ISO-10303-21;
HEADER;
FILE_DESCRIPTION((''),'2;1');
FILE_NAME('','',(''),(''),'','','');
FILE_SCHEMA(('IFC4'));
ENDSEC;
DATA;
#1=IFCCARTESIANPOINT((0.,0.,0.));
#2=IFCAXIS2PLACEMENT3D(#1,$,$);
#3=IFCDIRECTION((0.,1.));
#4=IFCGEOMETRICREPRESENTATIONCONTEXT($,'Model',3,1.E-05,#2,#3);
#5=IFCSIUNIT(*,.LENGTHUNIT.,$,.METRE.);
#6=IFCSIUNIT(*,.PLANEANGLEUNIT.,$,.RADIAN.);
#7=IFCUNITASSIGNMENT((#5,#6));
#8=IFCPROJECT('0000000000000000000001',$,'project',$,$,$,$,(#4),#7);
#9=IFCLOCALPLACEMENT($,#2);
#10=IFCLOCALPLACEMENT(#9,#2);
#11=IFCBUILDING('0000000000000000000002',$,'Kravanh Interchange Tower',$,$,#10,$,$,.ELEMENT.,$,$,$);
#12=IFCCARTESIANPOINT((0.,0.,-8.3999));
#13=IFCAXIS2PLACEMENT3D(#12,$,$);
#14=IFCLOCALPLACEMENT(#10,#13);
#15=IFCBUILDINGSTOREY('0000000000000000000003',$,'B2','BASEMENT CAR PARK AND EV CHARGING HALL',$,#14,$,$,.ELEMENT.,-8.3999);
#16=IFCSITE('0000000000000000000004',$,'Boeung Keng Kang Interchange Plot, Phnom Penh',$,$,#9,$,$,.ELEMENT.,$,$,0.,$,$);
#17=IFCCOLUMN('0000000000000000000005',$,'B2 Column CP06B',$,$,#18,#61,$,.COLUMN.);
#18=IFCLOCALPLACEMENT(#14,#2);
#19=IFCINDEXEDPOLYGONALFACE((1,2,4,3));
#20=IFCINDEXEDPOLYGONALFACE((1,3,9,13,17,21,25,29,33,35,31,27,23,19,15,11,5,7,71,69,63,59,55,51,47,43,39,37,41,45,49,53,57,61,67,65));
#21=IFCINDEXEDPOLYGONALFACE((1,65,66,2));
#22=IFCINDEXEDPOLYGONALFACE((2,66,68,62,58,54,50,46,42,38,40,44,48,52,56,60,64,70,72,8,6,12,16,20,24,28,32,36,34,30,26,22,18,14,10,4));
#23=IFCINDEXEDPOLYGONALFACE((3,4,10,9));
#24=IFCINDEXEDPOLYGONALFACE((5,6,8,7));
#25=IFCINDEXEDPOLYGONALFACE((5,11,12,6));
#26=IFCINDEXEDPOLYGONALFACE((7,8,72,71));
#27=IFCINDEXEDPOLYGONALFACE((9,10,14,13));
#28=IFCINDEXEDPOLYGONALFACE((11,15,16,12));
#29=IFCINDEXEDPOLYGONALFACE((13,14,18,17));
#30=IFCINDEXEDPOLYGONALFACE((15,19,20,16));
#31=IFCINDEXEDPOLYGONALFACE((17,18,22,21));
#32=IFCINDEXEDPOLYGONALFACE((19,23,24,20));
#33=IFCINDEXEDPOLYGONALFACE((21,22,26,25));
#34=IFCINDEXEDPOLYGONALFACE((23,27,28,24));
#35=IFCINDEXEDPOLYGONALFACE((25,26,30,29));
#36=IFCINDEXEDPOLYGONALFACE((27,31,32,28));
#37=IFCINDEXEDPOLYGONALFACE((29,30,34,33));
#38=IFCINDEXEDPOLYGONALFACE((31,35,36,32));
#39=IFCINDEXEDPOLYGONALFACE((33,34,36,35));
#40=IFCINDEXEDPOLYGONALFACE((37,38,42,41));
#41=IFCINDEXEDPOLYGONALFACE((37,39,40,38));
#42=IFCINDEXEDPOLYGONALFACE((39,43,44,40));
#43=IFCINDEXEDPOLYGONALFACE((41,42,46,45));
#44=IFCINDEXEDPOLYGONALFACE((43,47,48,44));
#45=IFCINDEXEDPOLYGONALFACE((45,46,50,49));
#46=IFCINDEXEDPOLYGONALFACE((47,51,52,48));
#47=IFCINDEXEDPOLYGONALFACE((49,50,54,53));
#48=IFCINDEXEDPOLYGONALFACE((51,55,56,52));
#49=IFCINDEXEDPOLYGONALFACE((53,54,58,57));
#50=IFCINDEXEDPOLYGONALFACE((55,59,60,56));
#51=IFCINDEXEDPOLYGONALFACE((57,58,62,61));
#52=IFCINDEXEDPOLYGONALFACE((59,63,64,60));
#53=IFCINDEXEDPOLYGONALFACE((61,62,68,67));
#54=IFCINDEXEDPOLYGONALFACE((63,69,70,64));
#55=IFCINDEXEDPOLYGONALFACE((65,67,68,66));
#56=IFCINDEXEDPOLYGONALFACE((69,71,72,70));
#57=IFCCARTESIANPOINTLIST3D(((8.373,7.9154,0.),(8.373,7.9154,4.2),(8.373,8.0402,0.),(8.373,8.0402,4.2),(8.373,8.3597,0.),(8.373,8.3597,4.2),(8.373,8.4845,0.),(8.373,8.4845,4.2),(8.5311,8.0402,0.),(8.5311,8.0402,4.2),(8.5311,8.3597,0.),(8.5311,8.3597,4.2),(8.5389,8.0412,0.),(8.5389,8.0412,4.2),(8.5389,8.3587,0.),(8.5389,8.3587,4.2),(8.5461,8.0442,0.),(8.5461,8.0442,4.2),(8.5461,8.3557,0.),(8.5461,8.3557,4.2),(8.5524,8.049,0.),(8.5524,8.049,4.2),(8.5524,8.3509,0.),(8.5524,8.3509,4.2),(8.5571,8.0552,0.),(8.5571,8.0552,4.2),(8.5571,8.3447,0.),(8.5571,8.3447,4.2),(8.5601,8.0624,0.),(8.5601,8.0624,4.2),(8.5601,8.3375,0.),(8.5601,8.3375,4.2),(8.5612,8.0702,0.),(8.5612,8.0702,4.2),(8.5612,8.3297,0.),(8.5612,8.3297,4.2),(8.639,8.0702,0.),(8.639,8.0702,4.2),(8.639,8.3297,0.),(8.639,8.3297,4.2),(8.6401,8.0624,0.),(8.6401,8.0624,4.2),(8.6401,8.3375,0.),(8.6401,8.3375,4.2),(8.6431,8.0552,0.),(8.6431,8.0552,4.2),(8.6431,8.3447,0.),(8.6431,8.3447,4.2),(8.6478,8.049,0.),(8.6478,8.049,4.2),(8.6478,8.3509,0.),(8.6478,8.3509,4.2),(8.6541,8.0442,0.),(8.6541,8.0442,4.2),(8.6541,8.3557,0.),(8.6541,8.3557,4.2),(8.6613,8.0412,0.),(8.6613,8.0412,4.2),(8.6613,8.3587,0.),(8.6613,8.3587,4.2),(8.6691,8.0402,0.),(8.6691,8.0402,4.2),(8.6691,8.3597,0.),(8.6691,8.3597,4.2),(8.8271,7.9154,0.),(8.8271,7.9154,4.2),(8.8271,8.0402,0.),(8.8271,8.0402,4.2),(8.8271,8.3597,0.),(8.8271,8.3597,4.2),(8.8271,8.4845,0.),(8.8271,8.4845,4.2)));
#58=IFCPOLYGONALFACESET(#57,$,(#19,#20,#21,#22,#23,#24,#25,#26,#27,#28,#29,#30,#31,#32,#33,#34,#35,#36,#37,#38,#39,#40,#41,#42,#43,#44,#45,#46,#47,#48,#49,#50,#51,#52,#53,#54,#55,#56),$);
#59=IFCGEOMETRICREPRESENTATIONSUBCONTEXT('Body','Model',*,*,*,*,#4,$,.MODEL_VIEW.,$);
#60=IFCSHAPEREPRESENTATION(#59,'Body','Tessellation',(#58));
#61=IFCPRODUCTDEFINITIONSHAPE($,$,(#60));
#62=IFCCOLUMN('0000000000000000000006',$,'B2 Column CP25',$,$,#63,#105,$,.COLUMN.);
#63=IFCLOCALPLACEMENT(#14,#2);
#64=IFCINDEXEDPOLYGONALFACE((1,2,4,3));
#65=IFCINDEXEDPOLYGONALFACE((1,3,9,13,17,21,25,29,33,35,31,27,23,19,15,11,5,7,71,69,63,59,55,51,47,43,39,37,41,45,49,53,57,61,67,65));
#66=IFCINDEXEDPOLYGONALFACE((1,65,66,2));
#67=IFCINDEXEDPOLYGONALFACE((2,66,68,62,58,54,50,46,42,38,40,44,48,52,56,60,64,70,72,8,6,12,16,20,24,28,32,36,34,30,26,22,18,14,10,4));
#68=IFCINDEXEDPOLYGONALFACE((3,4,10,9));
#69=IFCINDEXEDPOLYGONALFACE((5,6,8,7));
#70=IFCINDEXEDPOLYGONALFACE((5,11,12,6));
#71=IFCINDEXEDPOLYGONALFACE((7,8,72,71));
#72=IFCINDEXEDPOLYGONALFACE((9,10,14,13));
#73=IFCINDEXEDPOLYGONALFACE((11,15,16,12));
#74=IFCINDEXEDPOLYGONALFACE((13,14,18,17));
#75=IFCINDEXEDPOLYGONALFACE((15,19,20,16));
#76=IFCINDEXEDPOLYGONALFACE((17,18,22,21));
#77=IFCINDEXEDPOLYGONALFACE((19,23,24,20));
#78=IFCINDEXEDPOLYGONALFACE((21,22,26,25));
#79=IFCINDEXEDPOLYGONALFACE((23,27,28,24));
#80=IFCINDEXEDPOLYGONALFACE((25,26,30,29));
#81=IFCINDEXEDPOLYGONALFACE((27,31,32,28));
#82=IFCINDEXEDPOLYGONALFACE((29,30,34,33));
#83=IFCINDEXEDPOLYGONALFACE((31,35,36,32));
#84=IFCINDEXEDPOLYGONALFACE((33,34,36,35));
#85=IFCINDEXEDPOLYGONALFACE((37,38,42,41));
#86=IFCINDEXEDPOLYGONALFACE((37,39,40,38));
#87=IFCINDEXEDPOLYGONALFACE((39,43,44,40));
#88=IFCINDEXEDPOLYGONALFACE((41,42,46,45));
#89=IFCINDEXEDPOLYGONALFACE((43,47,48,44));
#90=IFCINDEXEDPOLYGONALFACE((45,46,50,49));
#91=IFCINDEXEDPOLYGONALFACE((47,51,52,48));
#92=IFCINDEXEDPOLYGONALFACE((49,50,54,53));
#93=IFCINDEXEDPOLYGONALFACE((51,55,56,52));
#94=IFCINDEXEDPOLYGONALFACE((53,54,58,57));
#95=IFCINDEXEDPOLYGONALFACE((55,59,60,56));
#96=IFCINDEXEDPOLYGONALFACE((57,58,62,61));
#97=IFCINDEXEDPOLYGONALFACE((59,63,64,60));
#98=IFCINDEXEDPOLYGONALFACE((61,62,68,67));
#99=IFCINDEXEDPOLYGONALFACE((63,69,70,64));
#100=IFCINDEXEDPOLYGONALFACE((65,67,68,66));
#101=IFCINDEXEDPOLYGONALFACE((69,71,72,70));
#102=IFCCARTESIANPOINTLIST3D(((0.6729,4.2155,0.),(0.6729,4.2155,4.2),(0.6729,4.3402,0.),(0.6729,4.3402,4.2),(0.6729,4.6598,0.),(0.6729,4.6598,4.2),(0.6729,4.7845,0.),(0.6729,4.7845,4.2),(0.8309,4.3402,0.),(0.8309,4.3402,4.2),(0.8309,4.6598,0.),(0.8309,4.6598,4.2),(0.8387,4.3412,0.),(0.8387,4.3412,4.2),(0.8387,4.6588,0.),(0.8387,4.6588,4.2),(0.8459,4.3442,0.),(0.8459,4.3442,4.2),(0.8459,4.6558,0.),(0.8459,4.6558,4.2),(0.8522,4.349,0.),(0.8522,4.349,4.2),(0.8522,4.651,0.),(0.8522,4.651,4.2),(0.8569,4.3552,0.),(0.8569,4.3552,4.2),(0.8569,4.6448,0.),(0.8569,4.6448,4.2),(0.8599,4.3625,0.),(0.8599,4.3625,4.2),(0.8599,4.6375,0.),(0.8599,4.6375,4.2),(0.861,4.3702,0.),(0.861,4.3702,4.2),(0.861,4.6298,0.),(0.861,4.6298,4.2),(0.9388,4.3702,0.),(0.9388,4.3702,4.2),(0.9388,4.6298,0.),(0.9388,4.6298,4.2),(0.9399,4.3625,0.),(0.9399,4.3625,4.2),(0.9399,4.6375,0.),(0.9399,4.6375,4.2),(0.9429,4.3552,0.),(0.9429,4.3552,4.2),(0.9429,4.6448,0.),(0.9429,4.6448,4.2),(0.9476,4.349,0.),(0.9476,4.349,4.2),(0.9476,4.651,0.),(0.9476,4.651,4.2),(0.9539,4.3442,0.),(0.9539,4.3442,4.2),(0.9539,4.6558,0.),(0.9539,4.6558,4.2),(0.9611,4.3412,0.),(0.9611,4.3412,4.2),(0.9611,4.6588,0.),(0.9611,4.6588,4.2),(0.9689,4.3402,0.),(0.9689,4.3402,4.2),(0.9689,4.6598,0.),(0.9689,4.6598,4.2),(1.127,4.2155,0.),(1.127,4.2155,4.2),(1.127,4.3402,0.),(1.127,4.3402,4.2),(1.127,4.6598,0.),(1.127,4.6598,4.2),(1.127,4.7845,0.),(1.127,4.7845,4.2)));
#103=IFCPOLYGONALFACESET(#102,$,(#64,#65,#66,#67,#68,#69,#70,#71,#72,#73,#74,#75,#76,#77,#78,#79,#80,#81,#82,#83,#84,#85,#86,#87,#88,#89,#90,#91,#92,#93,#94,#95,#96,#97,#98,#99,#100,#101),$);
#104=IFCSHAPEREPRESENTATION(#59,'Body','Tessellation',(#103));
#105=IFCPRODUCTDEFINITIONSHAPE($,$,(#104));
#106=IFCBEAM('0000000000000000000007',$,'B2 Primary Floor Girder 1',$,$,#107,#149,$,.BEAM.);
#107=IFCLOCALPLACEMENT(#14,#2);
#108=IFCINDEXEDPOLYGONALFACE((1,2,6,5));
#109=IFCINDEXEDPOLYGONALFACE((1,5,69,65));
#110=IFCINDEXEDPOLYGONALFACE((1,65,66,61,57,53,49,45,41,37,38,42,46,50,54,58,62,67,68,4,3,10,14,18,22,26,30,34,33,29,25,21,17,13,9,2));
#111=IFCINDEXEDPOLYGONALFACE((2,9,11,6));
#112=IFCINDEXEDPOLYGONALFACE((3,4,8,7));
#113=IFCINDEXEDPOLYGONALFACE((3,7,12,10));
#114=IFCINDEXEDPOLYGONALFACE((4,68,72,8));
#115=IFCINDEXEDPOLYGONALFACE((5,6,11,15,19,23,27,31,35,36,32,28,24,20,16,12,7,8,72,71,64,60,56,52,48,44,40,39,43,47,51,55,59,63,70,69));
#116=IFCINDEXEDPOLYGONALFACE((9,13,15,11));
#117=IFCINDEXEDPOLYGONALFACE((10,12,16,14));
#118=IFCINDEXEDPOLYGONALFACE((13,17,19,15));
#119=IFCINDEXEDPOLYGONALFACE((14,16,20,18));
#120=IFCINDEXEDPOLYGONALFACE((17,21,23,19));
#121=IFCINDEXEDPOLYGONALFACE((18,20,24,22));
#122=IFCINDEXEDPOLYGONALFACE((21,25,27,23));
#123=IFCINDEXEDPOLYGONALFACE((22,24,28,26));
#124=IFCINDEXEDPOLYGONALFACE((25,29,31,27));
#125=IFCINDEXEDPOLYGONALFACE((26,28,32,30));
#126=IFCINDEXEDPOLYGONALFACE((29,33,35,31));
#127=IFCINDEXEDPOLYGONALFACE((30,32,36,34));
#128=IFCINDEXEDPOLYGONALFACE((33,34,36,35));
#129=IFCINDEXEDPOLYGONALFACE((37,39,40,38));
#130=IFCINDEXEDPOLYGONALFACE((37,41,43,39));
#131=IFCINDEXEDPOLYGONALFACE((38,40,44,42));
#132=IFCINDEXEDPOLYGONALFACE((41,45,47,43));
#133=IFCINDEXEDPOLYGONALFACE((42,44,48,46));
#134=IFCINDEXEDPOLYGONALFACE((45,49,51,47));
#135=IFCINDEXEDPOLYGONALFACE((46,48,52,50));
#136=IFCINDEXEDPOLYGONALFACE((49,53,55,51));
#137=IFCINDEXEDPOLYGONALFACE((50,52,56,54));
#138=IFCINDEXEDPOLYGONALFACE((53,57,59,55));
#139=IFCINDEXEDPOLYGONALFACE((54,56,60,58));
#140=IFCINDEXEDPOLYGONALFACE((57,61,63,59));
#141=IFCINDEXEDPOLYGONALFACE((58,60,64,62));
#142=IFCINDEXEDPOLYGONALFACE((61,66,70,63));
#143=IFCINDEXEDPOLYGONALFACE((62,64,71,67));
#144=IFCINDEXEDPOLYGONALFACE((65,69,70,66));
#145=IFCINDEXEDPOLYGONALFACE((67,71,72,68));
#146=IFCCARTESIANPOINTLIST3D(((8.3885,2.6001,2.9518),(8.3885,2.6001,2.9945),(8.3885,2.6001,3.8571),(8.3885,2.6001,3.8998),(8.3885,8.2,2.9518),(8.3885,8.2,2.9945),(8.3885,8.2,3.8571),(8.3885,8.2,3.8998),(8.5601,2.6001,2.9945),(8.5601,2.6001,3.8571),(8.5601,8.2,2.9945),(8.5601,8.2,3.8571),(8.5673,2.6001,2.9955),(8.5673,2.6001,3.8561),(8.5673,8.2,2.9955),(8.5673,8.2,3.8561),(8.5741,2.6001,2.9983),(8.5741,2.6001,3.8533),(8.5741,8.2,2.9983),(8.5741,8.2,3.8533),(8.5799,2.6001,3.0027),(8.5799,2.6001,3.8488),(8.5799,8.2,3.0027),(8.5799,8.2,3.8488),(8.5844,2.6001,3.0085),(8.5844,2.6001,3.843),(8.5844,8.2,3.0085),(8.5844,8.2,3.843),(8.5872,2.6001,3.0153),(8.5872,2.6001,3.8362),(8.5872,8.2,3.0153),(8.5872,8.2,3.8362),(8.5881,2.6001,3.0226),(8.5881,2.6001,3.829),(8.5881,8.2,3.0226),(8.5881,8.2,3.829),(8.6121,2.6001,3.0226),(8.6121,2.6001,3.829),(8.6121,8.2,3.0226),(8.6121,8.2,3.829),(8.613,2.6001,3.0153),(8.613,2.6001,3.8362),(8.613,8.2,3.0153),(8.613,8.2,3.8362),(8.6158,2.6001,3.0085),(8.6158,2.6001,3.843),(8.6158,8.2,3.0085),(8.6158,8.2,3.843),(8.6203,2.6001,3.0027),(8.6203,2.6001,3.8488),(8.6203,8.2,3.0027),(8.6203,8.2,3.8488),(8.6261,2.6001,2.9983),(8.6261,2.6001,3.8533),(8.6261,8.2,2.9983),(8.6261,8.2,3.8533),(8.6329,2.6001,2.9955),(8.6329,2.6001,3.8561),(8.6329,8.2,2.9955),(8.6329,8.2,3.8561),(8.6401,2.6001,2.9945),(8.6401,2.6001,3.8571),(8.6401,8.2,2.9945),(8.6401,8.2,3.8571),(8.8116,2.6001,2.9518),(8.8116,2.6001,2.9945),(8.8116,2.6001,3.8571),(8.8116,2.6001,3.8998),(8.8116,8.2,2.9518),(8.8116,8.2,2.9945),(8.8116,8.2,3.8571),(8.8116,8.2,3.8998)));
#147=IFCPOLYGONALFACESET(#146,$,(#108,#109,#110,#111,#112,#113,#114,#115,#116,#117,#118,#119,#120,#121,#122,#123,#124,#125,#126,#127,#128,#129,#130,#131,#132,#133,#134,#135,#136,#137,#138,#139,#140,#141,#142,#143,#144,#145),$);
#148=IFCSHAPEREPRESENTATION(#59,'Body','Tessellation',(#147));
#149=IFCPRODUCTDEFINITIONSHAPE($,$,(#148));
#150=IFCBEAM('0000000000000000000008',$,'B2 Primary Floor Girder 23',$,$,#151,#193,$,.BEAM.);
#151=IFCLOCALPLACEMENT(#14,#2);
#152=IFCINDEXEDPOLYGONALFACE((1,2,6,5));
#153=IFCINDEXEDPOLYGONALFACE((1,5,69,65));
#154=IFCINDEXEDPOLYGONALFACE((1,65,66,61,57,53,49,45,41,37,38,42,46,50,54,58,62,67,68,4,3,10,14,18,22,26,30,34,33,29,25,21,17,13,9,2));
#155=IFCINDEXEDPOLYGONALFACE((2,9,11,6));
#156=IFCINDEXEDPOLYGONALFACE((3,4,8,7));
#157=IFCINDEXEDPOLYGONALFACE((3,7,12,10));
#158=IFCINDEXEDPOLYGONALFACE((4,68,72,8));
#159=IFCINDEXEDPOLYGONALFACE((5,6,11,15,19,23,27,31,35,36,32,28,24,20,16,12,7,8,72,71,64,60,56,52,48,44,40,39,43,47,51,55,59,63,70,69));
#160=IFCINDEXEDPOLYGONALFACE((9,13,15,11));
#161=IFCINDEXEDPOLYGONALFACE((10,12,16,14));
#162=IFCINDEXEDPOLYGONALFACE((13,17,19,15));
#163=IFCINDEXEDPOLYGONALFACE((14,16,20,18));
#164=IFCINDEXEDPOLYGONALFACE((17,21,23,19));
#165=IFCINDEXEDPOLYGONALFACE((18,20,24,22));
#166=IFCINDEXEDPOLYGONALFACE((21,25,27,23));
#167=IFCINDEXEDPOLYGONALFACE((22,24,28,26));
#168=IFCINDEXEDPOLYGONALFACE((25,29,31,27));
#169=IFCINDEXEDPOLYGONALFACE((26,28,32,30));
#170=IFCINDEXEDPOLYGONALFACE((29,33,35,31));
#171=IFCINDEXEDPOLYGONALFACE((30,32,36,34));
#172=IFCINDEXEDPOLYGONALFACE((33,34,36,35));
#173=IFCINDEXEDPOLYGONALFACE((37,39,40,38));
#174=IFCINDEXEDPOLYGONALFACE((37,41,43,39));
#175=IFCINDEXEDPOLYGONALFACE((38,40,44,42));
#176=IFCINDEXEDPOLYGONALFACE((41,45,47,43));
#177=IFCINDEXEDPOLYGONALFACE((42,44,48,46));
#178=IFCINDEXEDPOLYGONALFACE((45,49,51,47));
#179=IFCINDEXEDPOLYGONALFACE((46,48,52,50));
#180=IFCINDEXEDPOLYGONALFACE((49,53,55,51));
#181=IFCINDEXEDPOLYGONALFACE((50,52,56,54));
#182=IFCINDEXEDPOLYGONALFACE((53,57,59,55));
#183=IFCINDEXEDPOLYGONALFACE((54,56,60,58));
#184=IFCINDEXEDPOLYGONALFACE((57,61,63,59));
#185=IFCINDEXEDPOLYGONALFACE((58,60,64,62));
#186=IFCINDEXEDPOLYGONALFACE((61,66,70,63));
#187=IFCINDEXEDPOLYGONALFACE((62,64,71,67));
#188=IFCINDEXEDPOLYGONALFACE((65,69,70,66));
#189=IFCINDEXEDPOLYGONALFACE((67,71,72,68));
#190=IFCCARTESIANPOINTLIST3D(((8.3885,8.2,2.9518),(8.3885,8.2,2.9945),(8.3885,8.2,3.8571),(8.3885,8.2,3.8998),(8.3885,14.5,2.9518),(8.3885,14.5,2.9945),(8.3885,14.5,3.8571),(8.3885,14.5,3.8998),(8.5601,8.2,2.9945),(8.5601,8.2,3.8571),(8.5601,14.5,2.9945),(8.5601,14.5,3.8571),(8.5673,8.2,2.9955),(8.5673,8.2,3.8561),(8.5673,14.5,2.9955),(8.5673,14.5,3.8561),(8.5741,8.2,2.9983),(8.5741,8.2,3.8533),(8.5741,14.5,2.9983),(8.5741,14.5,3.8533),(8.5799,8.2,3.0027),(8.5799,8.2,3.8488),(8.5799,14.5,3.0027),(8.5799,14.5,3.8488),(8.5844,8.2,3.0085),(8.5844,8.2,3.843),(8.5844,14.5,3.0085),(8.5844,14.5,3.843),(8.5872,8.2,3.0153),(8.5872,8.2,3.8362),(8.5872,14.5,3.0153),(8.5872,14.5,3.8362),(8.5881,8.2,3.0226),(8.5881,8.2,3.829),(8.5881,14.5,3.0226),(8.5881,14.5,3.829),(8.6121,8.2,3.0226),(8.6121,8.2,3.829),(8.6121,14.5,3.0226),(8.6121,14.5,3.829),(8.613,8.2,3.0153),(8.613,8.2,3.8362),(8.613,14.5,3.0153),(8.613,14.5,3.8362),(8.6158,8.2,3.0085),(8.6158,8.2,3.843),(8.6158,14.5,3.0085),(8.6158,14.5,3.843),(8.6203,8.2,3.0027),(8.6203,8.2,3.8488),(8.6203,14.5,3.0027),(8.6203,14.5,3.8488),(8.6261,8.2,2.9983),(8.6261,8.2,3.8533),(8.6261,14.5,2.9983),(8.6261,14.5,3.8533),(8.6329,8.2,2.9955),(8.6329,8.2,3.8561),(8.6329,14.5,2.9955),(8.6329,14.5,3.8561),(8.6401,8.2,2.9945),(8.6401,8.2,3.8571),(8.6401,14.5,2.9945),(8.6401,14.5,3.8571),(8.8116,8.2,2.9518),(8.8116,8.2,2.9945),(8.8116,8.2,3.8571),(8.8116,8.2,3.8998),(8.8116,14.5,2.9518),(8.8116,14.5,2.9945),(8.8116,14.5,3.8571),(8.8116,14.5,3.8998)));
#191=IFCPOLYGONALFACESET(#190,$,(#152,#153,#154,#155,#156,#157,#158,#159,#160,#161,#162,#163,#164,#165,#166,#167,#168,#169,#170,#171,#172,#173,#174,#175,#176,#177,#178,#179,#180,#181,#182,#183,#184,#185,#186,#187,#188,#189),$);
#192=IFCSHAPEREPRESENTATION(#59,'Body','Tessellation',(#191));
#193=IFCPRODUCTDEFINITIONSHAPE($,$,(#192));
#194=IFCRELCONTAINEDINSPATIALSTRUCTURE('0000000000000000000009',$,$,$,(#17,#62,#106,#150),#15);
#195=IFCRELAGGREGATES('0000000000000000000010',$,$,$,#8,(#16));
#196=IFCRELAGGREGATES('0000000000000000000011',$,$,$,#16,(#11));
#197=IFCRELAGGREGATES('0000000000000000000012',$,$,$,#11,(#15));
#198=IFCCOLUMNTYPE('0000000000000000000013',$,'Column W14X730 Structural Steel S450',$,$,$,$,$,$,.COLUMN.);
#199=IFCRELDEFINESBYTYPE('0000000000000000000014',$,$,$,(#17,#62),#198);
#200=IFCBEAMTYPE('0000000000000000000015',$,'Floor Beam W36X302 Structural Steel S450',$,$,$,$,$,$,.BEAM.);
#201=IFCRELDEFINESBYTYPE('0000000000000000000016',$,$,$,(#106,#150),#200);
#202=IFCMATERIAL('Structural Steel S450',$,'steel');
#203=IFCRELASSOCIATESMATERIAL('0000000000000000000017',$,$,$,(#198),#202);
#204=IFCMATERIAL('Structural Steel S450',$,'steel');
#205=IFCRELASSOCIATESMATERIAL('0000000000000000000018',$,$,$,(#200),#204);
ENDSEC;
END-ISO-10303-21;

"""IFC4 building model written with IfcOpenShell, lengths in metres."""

from ifc_helpers import new_model, si_unit, direction, frame, origin, origin_2d, place, context, subcontext, project, spatial, i_section, extrude, material, material_profile, profile_set, type_object, element, save


model = new_model("IFC4")

# Units and contexts
model_context = context("Model", 3, precision=1e-05, world=origin(), true_north=direction((0.0, 1.0)))
body_context = subcontext(model_context, "Body", "Model", "MODEL_VIEW")
ifc_project = project(units=[si_unit("LENGTHUNIT", "METRE"), si_unit("PLANEANGLEUNIT", "RADIAN")], contexts=[model_context])

# Site, building, storey
site_placement = place(None, origin())
site = spatial("IfcSite", under=ifc_project, at=site_placement, Name="Boeung Keng Kang Interchange Plot, Phnom Penh", CompositionType="ELEMENT", RefElevation=0.0)
building_placement = place(site_placement, origin())
building = spatial("IfcBuilding", under=site, at=building_placement, Name="Kravanh Interchange Tower", CompositionType="ELEMENT")
storey_placement = place(building_placement, frame((0.0, 0.0, -8.3999)))
storey = spatial("IfcBuildingStorey", under=building, at=storey_placement, Name="B2", Description="BASEMENT CAR PARK AND EV CHARGING HALL", CompositionType="ELEMENT", Elevation=-8.3999)

# Columns
ifc_material_1 = material(Name="Structural Steel S450", Category="steel")
ifc_material_profile_1 = material_profile(ifc_material_1, i_section(OverallWidth=0.4541, OverallDepth=0.5691, WebThickness=0.0779, FlangeThickness=0.1248, FilletRadius=0.03, at=origin_2d()), Name="W14X730")
ifc_profile_set_1 = profile_set([ifc_material_profile_1], Name="Structural Steel S450")
column_type = type_object("IfcColumnType", Name="Column W14X730 Structural Steel S450", PredefinedType="COLUMN", material=ifc_profile_set_1)
for number, where, z_axis, x_axis, name in (
    (1, (8.6001, 8.2, 0.0), (0.0, 0.0, 1.0), (1.0, 0.0, 0.0), "B2 Column CP06B"),
    (2, (0.8999, 4.5, 0.0), (0.0, 0.0, 1.0), (1.0, 0.0, 0.0), "B2 Column CP25"),
):
    element("IfcColumn", number, at=place(storey_placement, frame(where, z_axis=z_axis, x_axis=x_axis)), inside=storey, type_object=column_type, Name=name, PredefinedType="COLUMN", context=body_context, shape_type="SweptSolid", body=[
        extrude(i_section(OverallWidth=0.4541, OverallDepth=0.5691, WebThickness=0.0779, FlangeThickness=0.1248, FilletRadius=0.03, at=origin_2d()), origin(), (0.0, 0.0, 1.0), 4.2),
    ])

# Beams
ifc_material_2 = material(Name="Structural Steel S450", Category="steel")
ifc_material_profile_2 = material_profile(ifc_material_2, i_section(OverallWidth=0.4231, OverallDepth=0.948, WebThickness=0.0239, FlangeThickness=0.0427, FilletRadius=0.0281, at=origin_2d()), Name="W36X302")
ifc_profile_set_2 = profile_set([ifc_material_profile_2], Name="Structural Steel S450")
beam_type_1 = type_object("IfcBeamType", Name="Floor Beam W36X302 Structural Steel S450", PredefinedType="BEAM", material=ifc_profile_set_2)
beam_1_placement = place(storey_placement, frame((8.6001, 2.6001, 3.4258), z_axis=(0.0, 1.0, 0.0), x_axis=(-1.0, 0.0, 0.0)))
element("IfcBeam", 3, at=beam_1_placement, inside=storey, type_object=beam_type_1, Name="B2 Primary Floor Girder 1", PredefinedType="BEAM", context=body_context, shape_type="SweptSolid", body=[
    extrude(i_section(OverallWidth=0.4231, OverallDepth=0.948, WebThickness=0.0239, FlangeThickness=0.0427, FilletRadius=0.0281, at=origin_2d()), origin(), (0.0, 0.0, 1.0), 5.5999),
])
beam_2_placement = place(storey_placement, frame((8.6001, 8.2, 3.4258), z_axis=(0.0, 1.0, 0.0), x_axis=(-1.0, 0.0, 0.0)))
element("IfcBeam", 4, at=beam_2_placement, inside=storey, type_object=beam_type_1, Name="B2 Primary Floor Girder 23", PredefinedType="BEAM", context=body_context, shape_type="SweptSolid", body=[
    extrude(i_section(OverallWidth=0.4231, OverallDepth=0.948, WebThickness=0.0239, FlangeThickness=0.0427, FilletRadius=0.0281, at=origin_2d()), origin(), (0.0, 0.0, 1.0), 6.3),
])

save(model, "model.ifc")
